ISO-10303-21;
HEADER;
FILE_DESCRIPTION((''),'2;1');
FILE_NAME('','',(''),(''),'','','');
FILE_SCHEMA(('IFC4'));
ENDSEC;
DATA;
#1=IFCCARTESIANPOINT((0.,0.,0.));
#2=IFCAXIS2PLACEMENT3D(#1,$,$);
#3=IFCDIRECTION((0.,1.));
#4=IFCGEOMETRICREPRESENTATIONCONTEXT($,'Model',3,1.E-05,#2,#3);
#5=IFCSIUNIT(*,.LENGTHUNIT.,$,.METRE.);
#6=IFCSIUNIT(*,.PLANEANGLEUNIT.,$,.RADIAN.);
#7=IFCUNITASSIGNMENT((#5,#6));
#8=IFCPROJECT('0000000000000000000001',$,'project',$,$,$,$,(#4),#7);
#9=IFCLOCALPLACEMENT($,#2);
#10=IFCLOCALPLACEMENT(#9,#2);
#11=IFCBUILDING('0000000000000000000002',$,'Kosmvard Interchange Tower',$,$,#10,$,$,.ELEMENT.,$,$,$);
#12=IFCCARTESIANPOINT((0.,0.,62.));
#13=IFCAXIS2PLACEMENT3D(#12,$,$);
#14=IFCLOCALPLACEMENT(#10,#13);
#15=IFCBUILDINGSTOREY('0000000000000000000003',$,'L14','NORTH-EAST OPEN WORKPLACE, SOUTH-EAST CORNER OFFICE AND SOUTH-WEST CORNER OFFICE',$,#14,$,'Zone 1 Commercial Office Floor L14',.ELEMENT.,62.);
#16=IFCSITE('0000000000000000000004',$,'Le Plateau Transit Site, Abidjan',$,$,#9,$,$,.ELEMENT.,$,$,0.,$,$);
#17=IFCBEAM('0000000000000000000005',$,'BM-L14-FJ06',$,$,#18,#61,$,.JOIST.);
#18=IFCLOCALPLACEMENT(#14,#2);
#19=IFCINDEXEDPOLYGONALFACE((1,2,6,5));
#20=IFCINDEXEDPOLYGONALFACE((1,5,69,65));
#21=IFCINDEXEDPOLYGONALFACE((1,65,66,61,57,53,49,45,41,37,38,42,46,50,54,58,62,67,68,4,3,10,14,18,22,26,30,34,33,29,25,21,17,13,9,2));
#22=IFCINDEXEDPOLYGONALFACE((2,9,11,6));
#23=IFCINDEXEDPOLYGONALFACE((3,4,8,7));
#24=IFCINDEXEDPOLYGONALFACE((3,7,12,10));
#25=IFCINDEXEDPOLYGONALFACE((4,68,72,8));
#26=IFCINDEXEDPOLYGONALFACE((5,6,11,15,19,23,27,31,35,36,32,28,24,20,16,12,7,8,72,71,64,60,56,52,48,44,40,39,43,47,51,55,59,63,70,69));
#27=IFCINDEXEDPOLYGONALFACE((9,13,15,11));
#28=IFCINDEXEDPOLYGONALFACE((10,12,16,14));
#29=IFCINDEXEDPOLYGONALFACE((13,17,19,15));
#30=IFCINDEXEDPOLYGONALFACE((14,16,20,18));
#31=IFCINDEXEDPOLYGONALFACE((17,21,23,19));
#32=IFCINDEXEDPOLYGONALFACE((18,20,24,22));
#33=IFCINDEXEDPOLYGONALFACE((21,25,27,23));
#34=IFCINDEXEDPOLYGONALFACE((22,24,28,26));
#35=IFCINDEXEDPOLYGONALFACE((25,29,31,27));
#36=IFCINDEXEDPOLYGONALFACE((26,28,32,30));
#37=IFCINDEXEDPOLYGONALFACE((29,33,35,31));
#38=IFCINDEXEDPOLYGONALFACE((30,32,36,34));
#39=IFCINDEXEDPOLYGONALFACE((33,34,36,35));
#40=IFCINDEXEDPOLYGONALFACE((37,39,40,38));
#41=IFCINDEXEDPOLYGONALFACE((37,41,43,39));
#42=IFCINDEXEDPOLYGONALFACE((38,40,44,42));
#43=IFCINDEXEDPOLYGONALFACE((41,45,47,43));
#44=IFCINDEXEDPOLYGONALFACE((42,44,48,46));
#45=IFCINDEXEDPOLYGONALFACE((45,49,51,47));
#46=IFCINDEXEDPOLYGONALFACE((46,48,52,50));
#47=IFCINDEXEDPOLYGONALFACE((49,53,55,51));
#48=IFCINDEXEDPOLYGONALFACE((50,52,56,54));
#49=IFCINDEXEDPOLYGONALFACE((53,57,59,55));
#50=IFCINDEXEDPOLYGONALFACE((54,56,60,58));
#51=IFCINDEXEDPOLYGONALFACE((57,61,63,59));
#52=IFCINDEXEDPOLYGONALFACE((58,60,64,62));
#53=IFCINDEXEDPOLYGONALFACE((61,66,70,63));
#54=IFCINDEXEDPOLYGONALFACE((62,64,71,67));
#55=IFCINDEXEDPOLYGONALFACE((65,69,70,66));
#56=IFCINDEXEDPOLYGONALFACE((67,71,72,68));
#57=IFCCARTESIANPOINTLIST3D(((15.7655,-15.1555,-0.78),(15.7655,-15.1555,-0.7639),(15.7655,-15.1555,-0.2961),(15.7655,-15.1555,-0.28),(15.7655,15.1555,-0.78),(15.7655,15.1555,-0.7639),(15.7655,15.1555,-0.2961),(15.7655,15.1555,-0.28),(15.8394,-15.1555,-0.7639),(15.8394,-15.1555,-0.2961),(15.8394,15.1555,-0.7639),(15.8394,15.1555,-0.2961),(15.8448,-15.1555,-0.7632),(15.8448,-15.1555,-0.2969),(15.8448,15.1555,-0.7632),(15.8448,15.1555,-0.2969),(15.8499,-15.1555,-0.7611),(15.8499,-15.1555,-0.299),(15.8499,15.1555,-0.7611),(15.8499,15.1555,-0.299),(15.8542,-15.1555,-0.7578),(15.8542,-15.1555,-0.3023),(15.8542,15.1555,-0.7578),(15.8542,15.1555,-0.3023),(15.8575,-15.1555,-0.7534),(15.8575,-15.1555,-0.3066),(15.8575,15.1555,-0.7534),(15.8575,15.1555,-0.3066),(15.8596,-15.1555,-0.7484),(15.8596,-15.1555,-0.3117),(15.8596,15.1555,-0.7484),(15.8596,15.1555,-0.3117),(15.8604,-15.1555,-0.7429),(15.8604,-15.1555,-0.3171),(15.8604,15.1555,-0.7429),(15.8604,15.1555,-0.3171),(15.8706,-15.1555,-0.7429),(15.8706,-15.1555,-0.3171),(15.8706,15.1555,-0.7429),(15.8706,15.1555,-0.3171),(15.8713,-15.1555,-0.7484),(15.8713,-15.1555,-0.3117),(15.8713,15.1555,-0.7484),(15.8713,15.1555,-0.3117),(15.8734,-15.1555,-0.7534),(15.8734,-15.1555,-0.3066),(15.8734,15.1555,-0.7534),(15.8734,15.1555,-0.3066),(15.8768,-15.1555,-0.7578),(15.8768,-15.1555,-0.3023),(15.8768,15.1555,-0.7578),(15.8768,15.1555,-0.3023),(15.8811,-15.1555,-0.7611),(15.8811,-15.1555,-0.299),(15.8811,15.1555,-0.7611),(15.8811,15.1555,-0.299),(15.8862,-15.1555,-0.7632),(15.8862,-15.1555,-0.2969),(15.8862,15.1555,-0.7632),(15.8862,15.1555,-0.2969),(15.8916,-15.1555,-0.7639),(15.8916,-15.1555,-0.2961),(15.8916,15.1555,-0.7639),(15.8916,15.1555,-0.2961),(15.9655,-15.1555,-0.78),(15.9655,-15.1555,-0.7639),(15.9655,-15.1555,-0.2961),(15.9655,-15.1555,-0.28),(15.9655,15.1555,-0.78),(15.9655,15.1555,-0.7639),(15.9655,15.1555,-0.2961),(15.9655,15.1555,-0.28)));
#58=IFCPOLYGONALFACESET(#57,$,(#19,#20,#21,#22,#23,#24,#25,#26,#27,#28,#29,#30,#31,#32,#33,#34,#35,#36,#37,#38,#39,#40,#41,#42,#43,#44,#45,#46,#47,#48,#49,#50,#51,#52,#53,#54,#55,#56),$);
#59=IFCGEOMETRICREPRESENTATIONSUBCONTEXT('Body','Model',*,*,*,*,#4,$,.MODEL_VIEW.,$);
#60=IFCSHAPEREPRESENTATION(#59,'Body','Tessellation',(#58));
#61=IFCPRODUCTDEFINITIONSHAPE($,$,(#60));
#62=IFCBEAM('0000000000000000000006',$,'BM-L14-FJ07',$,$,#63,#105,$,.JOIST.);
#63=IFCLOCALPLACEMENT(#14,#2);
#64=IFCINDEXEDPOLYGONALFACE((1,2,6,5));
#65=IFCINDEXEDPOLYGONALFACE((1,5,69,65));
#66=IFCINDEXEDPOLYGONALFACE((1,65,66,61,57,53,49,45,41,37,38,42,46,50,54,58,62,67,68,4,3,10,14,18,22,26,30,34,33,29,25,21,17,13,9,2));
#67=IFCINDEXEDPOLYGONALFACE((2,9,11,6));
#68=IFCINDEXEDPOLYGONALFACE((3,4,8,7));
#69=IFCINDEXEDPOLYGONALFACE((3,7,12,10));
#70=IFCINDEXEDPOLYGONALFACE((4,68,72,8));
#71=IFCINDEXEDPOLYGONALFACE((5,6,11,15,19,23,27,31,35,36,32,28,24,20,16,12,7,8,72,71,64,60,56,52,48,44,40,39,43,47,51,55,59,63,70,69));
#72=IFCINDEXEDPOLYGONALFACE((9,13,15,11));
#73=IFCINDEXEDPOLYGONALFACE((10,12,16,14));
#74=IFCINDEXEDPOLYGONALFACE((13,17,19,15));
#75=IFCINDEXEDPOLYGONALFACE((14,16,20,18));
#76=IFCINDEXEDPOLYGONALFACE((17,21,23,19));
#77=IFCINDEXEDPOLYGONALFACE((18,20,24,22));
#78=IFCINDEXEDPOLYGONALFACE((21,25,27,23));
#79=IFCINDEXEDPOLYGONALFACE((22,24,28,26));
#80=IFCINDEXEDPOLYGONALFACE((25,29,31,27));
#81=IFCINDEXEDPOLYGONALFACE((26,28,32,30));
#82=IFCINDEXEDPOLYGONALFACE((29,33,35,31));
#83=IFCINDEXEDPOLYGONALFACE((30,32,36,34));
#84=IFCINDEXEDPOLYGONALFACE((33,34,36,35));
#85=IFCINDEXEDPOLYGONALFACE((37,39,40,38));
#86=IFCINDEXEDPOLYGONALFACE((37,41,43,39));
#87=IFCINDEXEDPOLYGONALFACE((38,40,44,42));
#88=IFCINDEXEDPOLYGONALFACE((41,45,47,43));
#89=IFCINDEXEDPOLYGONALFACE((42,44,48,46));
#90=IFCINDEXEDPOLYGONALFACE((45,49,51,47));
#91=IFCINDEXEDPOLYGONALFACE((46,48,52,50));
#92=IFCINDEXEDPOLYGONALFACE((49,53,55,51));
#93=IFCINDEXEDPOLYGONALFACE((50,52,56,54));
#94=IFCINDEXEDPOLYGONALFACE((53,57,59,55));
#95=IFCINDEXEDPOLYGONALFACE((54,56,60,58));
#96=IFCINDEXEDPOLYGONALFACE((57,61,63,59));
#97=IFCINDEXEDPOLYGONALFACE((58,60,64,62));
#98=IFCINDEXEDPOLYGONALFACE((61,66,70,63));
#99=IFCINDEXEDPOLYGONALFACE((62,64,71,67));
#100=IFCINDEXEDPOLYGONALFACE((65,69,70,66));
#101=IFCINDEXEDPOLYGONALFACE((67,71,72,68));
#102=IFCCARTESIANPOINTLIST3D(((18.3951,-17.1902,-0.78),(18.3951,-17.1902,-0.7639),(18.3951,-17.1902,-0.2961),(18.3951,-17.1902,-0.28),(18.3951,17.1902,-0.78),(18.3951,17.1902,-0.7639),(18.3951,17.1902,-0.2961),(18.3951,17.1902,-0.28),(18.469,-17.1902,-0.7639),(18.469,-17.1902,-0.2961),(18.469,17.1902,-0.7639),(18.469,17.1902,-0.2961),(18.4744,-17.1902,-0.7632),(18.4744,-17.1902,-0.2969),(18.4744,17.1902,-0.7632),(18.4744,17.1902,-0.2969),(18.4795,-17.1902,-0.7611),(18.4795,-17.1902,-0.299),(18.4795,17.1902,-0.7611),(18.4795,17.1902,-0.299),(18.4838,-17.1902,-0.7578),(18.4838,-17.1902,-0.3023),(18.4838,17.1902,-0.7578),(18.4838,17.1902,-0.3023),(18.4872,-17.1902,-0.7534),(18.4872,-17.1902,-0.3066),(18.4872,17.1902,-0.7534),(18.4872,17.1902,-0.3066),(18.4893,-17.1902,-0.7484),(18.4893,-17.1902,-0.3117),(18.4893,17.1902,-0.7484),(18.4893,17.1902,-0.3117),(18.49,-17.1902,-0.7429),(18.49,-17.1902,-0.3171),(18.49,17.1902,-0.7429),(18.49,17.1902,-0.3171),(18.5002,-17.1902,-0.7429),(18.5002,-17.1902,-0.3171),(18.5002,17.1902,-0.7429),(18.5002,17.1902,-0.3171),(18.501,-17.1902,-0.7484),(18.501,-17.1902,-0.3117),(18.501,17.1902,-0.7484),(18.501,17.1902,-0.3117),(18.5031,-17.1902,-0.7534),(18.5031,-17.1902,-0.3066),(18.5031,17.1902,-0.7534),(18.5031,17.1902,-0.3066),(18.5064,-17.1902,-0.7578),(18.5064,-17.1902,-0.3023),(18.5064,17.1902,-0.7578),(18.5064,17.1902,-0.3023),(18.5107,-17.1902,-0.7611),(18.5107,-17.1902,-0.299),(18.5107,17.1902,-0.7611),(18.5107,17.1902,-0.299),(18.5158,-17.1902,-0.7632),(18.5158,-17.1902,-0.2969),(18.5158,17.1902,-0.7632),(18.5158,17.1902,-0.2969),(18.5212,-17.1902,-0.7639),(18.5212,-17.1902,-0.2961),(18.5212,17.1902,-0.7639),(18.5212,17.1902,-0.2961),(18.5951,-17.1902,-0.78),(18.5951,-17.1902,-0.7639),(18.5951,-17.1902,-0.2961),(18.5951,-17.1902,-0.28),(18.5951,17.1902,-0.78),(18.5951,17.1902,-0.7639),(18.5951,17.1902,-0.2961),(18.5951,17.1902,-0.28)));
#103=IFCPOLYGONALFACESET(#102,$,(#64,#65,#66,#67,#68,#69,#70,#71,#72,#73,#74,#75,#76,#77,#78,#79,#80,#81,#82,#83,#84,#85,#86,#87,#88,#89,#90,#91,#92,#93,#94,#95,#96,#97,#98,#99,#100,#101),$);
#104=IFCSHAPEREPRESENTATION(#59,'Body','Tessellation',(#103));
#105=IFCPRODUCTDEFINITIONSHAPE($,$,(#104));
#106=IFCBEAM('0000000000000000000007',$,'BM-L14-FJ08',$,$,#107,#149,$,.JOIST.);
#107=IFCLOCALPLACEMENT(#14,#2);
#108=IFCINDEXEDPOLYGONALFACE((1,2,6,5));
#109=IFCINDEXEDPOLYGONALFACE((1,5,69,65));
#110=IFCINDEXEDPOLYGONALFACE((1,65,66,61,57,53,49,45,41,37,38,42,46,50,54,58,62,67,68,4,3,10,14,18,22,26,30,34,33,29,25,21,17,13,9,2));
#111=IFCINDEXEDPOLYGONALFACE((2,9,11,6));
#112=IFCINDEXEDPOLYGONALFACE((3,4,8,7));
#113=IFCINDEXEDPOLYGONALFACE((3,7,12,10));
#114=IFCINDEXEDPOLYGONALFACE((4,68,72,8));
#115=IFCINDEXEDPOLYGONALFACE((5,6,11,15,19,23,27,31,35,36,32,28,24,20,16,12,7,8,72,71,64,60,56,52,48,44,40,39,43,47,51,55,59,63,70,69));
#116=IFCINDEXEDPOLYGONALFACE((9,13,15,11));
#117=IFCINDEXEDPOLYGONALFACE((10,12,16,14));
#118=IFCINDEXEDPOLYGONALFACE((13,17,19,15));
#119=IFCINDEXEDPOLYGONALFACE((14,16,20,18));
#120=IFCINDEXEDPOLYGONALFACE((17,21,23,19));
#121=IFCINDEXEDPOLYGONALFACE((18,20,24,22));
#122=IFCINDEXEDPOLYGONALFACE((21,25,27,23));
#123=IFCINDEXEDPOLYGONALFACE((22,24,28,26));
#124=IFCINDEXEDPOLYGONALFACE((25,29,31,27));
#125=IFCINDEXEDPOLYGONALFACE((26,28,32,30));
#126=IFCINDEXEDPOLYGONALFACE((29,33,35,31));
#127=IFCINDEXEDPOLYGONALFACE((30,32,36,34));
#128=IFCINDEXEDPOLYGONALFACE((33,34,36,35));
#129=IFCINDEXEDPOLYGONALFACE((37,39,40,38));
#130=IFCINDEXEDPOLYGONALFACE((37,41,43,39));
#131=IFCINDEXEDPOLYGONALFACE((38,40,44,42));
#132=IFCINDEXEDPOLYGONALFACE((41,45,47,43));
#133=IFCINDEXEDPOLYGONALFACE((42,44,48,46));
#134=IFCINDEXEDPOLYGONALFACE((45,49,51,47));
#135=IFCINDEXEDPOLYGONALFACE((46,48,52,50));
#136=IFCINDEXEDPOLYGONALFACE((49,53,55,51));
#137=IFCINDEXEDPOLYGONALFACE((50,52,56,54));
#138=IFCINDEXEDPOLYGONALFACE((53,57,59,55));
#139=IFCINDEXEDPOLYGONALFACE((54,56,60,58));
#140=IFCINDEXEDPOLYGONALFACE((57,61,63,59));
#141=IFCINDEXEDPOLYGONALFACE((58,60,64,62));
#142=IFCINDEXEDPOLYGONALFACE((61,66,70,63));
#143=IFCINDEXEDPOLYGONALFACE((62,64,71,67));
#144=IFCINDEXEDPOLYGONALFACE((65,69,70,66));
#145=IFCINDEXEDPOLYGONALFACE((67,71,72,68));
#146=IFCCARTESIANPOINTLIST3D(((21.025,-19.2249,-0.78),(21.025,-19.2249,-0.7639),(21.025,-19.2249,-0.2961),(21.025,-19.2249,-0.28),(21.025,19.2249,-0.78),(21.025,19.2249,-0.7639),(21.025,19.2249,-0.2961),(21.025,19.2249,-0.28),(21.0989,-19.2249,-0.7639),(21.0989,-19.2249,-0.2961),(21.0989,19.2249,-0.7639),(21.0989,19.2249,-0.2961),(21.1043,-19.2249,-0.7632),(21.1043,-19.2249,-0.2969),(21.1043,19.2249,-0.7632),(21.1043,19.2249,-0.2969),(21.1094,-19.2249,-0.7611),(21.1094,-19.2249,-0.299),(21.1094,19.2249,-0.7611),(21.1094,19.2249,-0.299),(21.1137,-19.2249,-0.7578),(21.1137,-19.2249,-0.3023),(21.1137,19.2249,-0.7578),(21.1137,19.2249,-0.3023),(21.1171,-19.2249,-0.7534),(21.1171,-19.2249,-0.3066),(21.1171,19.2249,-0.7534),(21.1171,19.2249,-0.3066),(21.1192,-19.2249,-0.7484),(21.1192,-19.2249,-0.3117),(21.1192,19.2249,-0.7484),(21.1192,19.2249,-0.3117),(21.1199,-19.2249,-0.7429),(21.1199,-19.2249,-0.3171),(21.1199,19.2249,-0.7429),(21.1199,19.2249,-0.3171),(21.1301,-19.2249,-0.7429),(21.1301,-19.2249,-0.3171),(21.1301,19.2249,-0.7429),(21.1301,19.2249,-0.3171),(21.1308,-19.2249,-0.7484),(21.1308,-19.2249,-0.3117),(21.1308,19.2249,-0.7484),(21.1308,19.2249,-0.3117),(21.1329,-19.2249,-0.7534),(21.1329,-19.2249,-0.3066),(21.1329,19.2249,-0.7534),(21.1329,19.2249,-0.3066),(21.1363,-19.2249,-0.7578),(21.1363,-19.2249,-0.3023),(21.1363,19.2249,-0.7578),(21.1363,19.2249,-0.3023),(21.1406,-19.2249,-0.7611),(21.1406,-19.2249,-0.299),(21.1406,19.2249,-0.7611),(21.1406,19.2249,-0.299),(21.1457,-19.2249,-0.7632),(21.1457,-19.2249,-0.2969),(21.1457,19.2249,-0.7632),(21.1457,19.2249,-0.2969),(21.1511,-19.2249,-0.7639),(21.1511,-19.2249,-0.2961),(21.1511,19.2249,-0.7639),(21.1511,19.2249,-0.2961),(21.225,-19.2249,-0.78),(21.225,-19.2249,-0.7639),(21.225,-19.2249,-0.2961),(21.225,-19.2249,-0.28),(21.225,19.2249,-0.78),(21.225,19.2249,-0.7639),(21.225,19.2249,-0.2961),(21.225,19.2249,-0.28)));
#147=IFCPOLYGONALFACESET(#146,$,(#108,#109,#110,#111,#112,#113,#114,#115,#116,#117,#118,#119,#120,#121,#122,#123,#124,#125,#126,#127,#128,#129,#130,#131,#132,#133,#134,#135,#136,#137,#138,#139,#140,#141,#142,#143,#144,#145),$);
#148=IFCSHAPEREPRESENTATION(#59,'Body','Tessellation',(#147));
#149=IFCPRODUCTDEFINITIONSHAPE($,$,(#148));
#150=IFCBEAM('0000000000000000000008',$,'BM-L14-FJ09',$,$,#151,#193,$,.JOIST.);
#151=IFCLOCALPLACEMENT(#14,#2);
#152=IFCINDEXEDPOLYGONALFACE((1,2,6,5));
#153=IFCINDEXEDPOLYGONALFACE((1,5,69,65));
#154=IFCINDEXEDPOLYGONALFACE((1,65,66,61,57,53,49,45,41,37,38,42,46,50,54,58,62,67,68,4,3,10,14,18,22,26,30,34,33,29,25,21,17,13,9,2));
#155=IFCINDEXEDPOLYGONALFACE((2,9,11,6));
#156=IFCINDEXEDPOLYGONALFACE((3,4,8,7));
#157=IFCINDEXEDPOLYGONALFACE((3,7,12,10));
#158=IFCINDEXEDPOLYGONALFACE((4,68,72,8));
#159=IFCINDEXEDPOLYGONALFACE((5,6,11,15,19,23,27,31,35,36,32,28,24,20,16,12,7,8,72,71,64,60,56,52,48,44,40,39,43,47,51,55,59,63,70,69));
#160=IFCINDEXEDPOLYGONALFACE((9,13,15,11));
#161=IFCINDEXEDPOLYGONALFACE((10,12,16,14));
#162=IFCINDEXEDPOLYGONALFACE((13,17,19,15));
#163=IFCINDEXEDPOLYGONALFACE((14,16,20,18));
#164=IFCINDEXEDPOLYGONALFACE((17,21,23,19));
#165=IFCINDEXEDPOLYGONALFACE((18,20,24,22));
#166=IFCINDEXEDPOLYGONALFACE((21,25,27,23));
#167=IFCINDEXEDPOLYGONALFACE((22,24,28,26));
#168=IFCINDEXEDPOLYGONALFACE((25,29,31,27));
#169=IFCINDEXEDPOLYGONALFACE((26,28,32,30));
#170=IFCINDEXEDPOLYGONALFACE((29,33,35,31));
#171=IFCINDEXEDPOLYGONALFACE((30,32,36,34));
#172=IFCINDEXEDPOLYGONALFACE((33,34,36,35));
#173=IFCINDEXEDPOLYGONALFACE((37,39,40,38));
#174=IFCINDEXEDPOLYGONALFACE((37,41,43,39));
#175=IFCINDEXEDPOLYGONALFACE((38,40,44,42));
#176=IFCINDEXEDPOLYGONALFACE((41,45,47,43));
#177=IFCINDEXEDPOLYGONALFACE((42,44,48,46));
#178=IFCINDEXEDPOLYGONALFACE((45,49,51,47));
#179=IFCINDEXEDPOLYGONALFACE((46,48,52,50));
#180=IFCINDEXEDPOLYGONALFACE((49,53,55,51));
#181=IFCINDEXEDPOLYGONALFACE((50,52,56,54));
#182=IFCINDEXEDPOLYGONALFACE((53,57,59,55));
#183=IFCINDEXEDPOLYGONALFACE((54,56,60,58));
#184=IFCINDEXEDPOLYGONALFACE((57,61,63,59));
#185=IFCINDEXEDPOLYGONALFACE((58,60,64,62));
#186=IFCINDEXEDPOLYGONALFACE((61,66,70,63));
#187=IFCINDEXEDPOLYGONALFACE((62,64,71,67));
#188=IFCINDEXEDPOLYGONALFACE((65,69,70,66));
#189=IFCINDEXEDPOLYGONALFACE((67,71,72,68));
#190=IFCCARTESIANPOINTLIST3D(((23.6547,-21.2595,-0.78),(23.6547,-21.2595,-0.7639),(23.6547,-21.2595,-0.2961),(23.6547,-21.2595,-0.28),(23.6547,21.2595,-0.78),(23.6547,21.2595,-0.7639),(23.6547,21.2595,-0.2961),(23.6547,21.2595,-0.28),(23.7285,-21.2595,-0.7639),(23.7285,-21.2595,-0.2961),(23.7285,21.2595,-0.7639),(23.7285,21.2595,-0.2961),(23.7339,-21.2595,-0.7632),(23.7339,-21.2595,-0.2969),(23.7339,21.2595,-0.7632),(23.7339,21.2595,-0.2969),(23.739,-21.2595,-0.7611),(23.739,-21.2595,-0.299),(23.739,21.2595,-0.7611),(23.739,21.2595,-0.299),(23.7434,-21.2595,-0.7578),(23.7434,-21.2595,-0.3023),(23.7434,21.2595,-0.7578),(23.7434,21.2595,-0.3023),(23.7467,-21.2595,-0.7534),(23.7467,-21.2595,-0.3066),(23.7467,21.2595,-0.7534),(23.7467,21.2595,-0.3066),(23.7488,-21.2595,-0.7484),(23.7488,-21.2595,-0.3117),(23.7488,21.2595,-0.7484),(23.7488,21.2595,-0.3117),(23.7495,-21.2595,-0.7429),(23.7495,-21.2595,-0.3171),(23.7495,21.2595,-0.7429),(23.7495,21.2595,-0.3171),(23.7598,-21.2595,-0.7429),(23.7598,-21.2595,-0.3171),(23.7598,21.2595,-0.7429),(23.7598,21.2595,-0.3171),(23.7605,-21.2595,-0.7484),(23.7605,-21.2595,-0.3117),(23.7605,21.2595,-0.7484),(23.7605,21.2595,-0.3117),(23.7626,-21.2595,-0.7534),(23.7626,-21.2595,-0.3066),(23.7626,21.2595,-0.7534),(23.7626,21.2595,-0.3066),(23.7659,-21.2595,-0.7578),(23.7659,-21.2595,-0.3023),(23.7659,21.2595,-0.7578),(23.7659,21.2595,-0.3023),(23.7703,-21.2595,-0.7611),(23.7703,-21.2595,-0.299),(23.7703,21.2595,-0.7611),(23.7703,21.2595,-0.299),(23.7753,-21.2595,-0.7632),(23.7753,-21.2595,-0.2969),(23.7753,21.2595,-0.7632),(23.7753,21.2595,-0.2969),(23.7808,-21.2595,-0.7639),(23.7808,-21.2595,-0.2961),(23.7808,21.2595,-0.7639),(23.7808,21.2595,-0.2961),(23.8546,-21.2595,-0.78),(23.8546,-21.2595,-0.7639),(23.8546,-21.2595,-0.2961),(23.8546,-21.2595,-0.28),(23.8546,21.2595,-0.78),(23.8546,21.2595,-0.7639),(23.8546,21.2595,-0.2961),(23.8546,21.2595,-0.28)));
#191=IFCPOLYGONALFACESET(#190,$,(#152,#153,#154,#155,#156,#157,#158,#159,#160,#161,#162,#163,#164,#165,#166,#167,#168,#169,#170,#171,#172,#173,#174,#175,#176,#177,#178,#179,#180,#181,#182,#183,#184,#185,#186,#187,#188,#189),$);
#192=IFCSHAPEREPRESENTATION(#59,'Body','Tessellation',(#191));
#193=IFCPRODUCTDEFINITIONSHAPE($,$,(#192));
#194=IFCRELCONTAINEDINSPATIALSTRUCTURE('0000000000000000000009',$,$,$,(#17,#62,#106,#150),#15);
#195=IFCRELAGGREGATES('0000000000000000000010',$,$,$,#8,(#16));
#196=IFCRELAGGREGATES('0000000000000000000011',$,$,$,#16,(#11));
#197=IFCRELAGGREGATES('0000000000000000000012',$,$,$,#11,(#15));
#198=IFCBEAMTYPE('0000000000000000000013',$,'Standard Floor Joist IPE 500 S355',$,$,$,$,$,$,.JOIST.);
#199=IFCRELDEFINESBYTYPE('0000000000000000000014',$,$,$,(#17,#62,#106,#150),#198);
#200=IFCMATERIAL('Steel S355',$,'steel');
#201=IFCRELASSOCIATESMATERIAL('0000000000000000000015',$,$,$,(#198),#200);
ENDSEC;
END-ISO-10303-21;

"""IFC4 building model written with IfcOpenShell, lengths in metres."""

from ifc_helpers import new_model, si_unit, direction, frame, origin, origin_2d, place, context, subcontext, project, spatial, i_section, extrude, source, transform, mapped, material, material_profile, profile_set, type_object, element, save


model = new_model("IFC4")

# Units and contexts
model_context = context("Model", 3, precision=1e-05, world=origin(), true_north=direction((0.0, 1.0)))
body_context = subcontext(model_context, "Body", "Model", "MODEL_VIEW")
ifc_project = project(units=[si_unit("LENGTHUNIT", "METRE"), si_unit("PLANEANGLEUNIT", "RADIAN")], contexts=[model_context])

# Site, building, storey
site_placement = place(None, origin())
site = spatial("IfcSite", under=ifc_project, at=site_placement, Name="Le Plateau Transit Site, Abidjan", CompositionType="ELEMENT", RefElevation=0.0)
building_placement = place(site_placement, origin())
building = spatial("IfcBuilding", under=site, at=building_placement, Name="Kosmvard Interchange Tower", CompositionType="ELEMENT")
storey_placement = place(building_placement, frame((0.0, 0.0, 62.0)))
storey = spatial("IfcBuildingStorey", under=building, at=storey_placement, Name="L14", Description="NORTH-EAST OPEN WORKPLACE, SOUTH-EAST CORNER OFFICE AND SOUTH-WEST CORNER OFFICE", LongName="Zone 1 Commercial Office Floor L14", CompositionType="ELEMENT", Elevation=62.0)

# Beams
ifc_material_1 = material(Name="Steel S355", Category="steel")
ifc_material_profile_1 = material_profile(ifc_material_1, i_section(OverallWidth=0.2, OverallDepth=0.5, WebThickness=0.0103, FlangeThickness=0.0161, FilletRadius=0.021, at=origin_2d()), Name="IPE 500")
ifc_profile_set_1 = profile_set([ifc_material_profile_1], Name="Steel S355")
beam_type_1 = type_object("IfcBeamType", Name="Standard Floor Joist IPE 500 S355", PredefinedType="JOIST", material=ifc_profile_set_1)
shared_shape_1 = source(origin(), body_context, "Body", "SweptSolid", [
    extrude(i_section(OverallWidth=0.2, OverallDepth=0.5, WebThickness=0.0103, FlangeThickness=0.0161, FilletRadius=0.021, at=origin_2d()), origin(), (0.0, 0.0, 1.0), 30.311),
])
beam_1_placement = place(storey_placement, frame((15.8655, -15.1555, -0.53), z_axis=(0.0, 1.0, 0.0), x_axis=(-1.0, 0.0, 0.0)))
element("IfcBeam", 1, at=beam_1_placement, inside=storey, type_object=beam_type_1, Name="BM-L14-FJ06", PredefinedType="JOIST", context=body_context, shape_type="MappedRepresentation", body=[
    mapped(shared_shape_1, transform((0.0, 0.0, 0.0), scale=1.0)),
])
shared_shape_2 = source(origin(), body_context, "Body", "SweptSolid", [
    extrude(i_section(OverallWidth=0.2, OverallDepth=0.5, WebThickness=0.0103, FlangeThickness=0.0161, FilletRadius=0.021, at=origin_2d()), origin(), (0.0, 0.0, 1.0), 34.3804),
])
beam_2_placement = place(storey_placement, frame((18.4951, -17.1902, -0.53), z_axis=(0.0, 1.0, 0.0), x_axis=(-1.0, 0.0, 0.0)))
element("IfcBeam", 2, at=beam_2_placement, inside=storey, type_object=beam_type_1, Name="BM-L14-FJ07", PredefinedType="JOIST", context=body_context, shape_type="MappedRepresentation", body=[
    mapped(shared_shape_2, transform((0.0, 0.0, 0.0), scale=1.0)),
])
shared_shape_3 = source(origin(), body_context, "Body", "SweptSolid", [
    extrude(i_section(OverallWidth=0.2, OverallDepth=0.5, WebThickness=0.0103, FlangeThickness=0.0161, FilletRadius=0.021, at=origin_2d()), origin(), (0.0, 0.0, 1.0), 38.4497),
])
beam_3_placement = place(storey_placement, frame((21.125, -19.2249, -0.53), z_axis=(0.0, 1.0, 0.0), x_axis=(-1.0, 0.0, 0.0)))
element("IfcBeam", 3, at=beam_3_placement, inside=storey, type_object=beam_type_1, Name="BM-L14-FJ08", PredefinedType="JOIST", context=body_context, shape_type="MappedRepresentation", body=[
    mapped(shared_shape_3, transform((0.0, 0.0, 0.0), scale=1.0)),
])
shared_shape_4 = source(origin(), body_context, "Body", "SweptSolid", [
    extrude(i_section(OverallWidth=0.2, OverallDepth=0.5, WebThickness=0.0103, FlangeThickness=0.0161, FilletRadius=0.021, at=origin_2d()), origin(), (0.0, 0.0, 1.0), 42.519),
])
beam_4_placement = place(storey_placement, frame((23.7546, -21.2595, -0.53), z_axis=(0.0, 1.0, 0.0), x_axis=(-1.0, 0.0, 0.0)))
element("IfcBeam", 4, at=beam_4_placement, inside=storey, type_object=beam_type_1, Name="BM-L14-FJ09", PredefinedType="JOIST", context=body_context, shape_type="MappedRepresentation", body=[
    mapped(shared_shape_4, transform((0.0, 0.0, 0.0), scale=1.0)),
])

save(model, "model.ifc")
